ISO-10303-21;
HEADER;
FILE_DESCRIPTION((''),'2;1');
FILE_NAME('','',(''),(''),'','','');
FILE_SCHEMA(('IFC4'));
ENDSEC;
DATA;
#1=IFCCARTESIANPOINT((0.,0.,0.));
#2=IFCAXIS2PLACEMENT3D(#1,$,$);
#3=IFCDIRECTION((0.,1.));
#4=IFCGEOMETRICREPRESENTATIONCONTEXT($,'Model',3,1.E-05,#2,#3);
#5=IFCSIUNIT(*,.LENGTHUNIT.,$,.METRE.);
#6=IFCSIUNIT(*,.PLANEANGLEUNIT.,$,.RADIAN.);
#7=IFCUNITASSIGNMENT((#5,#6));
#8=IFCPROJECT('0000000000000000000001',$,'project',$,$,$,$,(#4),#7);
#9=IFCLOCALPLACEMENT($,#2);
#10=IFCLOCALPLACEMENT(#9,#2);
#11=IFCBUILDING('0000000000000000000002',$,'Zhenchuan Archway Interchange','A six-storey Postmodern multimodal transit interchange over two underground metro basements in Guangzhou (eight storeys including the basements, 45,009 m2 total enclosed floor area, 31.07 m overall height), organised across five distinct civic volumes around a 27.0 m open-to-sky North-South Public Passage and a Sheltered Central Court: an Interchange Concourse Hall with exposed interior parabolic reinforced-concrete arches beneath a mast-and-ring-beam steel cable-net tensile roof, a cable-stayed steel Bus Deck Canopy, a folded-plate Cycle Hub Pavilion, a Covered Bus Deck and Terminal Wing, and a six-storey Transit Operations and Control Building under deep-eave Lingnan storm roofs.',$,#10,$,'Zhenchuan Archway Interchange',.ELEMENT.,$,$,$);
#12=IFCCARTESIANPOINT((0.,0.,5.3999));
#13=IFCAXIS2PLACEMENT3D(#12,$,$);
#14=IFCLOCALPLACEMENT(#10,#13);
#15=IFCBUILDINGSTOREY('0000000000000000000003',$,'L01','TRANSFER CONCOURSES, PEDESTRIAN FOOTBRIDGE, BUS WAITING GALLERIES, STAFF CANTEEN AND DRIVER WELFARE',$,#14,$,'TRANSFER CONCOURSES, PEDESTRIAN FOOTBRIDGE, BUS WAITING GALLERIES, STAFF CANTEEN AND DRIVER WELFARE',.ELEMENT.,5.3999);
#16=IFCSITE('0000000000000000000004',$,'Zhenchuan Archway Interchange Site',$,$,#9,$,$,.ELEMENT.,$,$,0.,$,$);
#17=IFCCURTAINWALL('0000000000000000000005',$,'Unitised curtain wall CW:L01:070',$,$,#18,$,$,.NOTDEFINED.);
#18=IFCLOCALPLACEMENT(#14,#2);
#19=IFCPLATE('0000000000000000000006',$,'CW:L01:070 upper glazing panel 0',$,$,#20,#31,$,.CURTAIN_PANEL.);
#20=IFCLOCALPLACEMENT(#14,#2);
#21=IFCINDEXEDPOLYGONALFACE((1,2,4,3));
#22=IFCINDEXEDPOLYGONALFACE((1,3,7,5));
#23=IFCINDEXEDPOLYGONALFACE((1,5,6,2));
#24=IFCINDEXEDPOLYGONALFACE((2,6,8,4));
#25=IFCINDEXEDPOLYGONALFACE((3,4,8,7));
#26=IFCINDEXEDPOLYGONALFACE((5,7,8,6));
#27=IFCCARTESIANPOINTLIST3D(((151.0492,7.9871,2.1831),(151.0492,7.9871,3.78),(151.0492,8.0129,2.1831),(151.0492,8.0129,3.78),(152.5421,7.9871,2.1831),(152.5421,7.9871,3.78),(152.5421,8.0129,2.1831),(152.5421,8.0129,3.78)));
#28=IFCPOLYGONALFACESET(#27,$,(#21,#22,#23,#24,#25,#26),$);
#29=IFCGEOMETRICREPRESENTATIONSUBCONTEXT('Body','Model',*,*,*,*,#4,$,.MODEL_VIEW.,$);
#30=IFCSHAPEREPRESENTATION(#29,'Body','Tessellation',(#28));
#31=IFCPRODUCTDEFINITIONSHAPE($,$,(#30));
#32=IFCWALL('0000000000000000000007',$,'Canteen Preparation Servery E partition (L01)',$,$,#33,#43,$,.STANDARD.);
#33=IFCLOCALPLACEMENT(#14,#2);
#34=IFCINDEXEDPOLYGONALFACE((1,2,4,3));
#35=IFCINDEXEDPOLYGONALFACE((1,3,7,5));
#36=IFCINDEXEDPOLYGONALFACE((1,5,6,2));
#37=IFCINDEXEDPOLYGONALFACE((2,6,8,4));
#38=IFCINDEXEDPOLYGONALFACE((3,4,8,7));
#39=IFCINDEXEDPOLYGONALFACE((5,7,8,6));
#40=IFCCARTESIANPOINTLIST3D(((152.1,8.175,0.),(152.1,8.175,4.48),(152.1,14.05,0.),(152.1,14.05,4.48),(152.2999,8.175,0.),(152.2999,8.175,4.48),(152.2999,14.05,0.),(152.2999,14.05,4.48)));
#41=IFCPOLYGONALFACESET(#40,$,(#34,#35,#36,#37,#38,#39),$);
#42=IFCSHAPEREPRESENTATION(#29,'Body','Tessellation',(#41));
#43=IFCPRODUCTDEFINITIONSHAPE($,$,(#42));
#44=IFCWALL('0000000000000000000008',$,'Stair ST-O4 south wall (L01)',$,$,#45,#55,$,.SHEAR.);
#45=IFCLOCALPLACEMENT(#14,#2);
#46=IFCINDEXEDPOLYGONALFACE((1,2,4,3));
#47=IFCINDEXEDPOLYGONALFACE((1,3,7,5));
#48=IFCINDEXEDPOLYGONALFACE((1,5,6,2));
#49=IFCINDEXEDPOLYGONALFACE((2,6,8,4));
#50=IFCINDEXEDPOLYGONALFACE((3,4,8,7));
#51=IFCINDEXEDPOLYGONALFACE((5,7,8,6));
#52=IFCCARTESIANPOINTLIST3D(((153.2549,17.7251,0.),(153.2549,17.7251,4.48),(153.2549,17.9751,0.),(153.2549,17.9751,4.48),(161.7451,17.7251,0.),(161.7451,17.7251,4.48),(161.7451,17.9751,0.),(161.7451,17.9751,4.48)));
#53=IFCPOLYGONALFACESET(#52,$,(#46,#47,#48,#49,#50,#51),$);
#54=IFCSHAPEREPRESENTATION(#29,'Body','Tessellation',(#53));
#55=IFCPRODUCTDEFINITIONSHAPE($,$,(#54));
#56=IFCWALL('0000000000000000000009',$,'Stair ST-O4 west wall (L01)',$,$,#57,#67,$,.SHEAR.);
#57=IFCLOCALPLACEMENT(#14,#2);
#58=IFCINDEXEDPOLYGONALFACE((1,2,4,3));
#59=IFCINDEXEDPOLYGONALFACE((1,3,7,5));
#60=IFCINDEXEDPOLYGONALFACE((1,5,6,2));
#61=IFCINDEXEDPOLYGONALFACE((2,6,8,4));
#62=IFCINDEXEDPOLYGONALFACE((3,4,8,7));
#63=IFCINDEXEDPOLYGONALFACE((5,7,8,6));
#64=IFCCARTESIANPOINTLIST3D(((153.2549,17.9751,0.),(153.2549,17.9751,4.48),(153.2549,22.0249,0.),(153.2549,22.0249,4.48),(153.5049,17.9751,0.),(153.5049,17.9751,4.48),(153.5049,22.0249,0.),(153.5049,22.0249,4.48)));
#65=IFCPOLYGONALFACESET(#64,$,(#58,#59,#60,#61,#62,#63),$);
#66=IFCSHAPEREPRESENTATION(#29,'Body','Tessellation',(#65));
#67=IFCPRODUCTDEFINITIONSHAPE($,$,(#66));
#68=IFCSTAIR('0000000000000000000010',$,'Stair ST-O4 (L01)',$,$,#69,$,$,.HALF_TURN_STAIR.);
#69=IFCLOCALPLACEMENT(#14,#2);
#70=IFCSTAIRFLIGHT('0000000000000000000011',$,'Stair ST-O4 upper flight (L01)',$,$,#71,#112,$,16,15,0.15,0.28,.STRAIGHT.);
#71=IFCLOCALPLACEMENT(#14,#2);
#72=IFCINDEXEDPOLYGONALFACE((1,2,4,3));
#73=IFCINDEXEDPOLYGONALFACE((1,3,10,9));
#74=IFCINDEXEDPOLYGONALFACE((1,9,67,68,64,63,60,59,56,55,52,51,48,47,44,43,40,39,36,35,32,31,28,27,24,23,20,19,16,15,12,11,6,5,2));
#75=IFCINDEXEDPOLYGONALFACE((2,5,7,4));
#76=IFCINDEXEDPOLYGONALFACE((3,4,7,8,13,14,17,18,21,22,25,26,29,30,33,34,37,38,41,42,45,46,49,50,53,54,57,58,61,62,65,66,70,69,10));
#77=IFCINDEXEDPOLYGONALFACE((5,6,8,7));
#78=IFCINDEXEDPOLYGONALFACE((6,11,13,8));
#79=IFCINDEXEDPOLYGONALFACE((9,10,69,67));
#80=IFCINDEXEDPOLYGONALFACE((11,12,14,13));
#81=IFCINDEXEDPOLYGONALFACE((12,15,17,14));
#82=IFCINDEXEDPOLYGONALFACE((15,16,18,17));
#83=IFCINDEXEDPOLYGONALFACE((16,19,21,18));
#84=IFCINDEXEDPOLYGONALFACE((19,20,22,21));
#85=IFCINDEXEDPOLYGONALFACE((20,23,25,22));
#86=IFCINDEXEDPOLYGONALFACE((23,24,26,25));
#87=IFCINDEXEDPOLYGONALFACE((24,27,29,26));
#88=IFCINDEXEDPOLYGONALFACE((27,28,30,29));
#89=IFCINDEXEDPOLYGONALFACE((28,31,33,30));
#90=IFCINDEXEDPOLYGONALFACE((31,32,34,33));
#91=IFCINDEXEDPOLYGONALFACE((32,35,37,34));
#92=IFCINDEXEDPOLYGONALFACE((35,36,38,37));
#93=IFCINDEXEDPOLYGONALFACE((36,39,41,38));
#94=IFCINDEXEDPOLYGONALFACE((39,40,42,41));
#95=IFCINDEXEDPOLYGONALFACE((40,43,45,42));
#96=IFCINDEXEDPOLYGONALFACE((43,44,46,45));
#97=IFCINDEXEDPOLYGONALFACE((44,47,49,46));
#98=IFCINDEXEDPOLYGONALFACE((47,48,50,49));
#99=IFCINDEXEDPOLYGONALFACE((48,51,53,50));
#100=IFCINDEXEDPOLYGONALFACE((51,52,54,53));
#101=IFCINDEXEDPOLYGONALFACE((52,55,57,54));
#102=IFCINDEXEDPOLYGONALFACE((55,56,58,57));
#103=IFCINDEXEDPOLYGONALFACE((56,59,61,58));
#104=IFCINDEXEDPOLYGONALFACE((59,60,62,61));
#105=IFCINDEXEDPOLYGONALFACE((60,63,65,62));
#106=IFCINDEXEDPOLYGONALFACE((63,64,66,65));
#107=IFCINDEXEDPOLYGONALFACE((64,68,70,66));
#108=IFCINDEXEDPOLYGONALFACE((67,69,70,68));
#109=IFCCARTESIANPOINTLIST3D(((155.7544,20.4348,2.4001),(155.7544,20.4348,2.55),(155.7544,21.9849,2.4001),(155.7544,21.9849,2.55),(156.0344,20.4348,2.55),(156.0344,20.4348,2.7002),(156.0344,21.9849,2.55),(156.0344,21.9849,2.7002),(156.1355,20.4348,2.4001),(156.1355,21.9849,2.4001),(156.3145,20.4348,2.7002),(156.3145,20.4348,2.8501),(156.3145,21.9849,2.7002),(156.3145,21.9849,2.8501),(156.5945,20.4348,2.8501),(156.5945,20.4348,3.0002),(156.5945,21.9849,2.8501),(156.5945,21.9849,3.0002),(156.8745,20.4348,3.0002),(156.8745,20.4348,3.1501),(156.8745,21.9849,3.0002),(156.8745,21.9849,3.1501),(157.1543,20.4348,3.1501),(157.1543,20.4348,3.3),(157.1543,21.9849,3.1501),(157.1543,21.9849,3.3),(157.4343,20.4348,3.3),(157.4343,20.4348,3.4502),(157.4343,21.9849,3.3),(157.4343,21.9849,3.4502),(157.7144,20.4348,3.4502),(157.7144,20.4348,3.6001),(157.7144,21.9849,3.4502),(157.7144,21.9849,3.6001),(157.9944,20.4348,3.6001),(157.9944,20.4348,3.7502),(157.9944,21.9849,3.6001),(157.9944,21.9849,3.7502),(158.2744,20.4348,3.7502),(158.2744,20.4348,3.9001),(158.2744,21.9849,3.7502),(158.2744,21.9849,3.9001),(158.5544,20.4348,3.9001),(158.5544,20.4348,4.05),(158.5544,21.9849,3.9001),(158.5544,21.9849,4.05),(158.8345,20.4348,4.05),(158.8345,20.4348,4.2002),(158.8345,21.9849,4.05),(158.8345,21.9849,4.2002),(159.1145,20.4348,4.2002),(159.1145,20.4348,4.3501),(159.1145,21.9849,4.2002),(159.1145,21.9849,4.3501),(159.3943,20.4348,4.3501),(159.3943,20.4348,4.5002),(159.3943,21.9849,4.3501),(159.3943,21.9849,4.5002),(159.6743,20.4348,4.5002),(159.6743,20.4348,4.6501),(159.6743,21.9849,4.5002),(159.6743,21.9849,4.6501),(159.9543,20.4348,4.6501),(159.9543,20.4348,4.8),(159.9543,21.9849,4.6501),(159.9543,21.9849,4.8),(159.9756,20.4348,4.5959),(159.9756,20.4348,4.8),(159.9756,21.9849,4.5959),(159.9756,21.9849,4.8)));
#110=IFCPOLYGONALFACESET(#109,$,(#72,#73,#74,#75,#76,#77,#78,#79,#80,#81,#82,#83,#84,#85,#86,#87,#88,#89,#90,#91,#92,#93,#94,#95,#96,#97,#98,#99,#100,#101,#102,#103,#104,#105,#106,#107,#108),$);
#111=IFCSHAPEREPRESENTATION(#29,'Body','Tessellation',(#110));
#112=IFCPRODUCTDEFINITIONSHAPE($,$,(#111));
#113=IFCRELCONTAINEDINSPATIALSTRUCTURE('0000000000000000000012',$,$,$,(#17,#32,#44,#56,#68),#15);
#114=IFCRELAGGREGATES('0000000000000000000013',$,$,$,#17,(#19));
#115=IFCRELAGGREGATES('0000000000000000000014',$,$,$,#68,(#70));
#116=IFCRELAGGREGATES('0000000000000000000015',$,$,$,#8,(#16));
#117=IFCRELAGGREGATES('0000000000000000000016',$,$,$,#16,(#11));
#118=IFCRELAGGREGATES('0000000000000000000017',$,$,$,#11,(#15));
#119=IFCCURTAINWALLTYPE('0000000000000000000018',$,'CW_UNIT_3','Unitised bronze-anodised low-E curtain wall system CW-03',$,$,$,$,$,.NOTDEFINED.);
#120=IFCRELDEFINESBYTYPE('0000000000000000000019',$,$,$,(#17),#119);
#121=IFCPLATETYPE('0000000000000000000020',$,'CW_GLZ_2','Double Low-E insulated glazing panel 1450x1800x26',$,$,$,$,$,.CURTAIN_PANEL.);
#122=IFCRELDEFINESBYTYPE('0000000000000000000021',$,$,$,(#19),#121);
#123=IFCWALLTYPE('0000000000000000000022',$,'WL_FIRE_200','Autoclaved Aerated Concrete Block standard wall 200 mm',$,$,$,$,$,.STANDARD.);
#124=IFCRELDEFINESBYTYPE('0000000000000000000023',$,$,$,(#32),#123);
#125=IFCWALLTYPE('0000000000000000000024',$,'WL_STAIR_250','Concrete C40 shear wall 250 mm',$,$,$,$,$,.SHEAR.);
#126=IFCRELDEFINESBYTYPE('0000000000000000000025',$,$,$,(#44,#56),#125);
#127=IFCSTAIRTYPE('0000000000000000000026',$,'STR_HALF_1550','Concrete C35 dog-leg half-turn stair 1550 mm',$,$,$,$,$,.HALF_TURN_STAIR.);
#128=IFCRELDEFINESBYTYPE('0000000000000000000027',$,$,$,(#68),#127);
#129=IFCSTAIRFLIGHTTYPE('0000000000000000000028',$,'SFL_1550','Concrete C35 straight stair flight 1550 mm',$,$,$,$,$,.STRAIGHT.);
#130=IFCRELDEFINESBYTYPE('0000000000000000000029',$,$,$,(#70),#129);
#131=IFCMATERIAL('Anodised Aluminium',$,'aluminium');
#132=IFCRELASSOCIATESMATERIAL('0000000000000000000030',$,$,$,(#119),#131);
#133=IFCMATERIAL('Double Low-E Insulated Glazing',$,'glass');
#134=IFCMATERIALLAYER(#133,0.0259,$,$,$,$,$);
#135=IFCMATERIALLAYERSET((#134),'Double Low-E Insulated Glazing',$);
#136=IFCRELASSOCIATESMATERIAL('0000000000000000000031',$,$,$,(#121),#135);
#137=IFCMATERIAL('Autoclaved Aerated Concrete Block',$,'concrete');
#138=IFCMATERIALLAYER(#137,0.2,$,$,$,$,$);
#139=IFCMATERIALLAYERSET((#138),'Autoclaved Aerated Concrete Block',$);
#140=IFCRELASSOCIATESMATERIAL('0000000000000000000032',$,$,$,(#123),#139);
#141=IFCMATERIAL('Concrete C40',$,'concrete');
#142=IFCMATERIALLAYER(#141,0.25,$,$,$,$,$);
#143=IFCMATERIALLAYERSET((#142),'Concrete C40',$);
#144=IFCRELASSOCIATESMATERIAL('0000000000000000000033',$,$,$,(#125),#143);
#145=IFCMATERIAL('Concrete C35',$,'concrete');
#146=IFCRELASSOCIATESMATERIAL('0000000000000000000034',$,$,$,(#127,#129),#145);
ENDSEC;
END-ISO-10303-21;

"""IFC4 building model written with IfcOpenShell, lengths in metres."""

from ifc_helpers import new_model, si_unit, direction, frame, frame_2d, origin, origin_2d, place, context, subcontext, project, spatial, polyline, rectangle, outline, extrude, material, layer, layer_set, type_object, element, aggregate, save


model = new_model("IFC4")

# Units and contexts
model_context = context("Model", 3, precision=1e-05, world=origin(), true_north=direction((0.0, 1.0)))
body_context = subcontext(model_context, "Body", "Model", "MODEL_VIEW")
ifc_project = project(units=[si_unit("LENGTHUNIT", "METRE"), si_unit("PLANEANGLEUNIT", "RADIAN")], contexts=[model_context])

# Site, building, storey
site_placement = place(None, origin())
site = spatial("IfcSite", under=ifc_project, at=site_placement, Name="Zhenchuan Archway Interchange Site", CompositionType="ELEMENT", RefElevation=0.0)
building_placement = place(site_placement, origin())
building = spatial("IfcBuilding", under=site, at=building_placement, Name="Zhenchuan Archway Interchange", Description="A six-storey Postmodern multimodal transit interchange over two underground metro basements in Guangzhou (eight storeys including the basements, 45,009 m2 total enclosed floor area, 31.07 m overall height), organised across five distinct civic volumes around a 27.0 m open-to-sky North-South Public Passage and a Sheltered Central Court: an Interchange Concourse Hall with exposed interior parabolic reinforced-concrete arches beneath a mast-and-ring-beam steel cable-net tensile roof, a cable-stayed steel Bus Deck Canopy, a folded-plate Cycle Hub Pavilion, a Covered Bus Deck and Terminal Wing, and a six-storey Transit Operations and Control Building under deep-eave Lingnan storm roofs.", LongName="Zhenchuan Archway Interchange", CompositionType="ELEMENT")
storey_placement = place(building_placement, frame((0.0, 0.0, 5.3999)))
storey = spatial("IfcBuildingStorey", under=building, at=storey_placement, Name="L01", Description="TRANSFER CONCOURSES, PEDESTRIAN FOOTBRIDGE, BUS WAITING GALLERIES, STAFF CANTEEN AND DRIVER WELFARE", LongName="TRANSFER CONCOURSES, PEDESTRIAN FOOTBRIDGE, BUS WAITING GALLERIES, STAFF CANTEEN AND DRIVER WELFARE", CompositionType="ELEMENT", Elevation=5.3999)

# Shared definitions
ifc_material_1 = material(Name="Concrete C40", Category="concrete")

# Curtain wall
ifc_material_2 = material(Name="Anodised Aluminium", Category="aluminium")
curtain_wall_type = type_object("IfcCurtainWallType", Name="CW_UNIT_3", Description="Unitised bronze-anodised low-E curtain wall system CW-03", PredefinedType="NOTDEFINED", material=ifc_material_2)
curtain_wall_placement = place(storey_placement, origin())
curtain_wall = element("IfcCurtainWall", 1, at=curtain_wall_placement, inside=storey, type_object=curtain_wall_type, Name="Unitised curtain wall CW:L01:070", PredefinedType="NOTDEFINED")

# Plate
ifc_material_3 = material(Name="Double Low-E Insulated Glazing", Category="glass")
ifc_layer_1 = layer(ifc_material_3, 0.0259)
ifc_layer_set_1 = layer_set([ifc_layer_1], Name="Double Low-E Insulated Glazing")
plate_type_1 = type_object("IfcPlateType", Name="CW_GLZ_2", Description="Double Low-E insulated glazing panel 1450x1800x26", PredefinedType="CURTAIN_PANEL", material=ifc_layer_set_1)
plate_1_placement = place(storey_placement, frame((151.7957, 8.0, 2.1831), z_axis=(0.0, 0.0, 1.0), x_axis=(-1.0, 0.0, 0.0)))
plate_1 = element("IfcPlate", 2, at=plate_1_placement, type_object=plate_type_1, Name="CW:L01:070 upper glazing panel 0", PredefinedType="CURTAIN_PANEL", context=body_context, shape_type="SweptSolid", body=[
    extrude(rectangle(XDim=1.4929, YDim=0.0259, at=origin_2d()), origin(), (0.0, 0.0, 1.0), 1.5969),
])
aggregate(curtain_wall, [plate_1])

# Walls
ifc_material_4 = material(Name="Autoclaved Aerated Concrete Block", Category="concrete")
ifc_layer_2 = layer(ifc_material_4, 0.2)
ifc_layer_set_2 = layer_set([ifc_layer_2], Name="Autoclaved Aerated Concrete Block")
wall_type_1 = type_object("IfcWallType", Name="WL_FIRE_200", Description="Autoclaved Aerated Concrete Block standard wall 200 mm", PredefinedType="STANDARD", material=ifc_layer_set_2)
wall_1_placement = place(storey_placement, frame((152.2, 8.175, 0.0), z_axis=(0.0, 0.0, 1.0), x_axis=(0.0, 1.0, 0.0)))
element("IfcWall", 3, at=wall_1_placement, inside=storey, type_object=wall_type_1, Name="Canteen Preparation Servery E partition (L01)", PredefinedType="STANDARD", context=body_context, shape_type="SweptSolid", body=[
    extrude(rectangle(XDim=5.875, YDim=0.2, at=frame_2d((2.9375, 0.0))), origin(), (0.0, 0.0, 1.0), 4.48),
])
ifc_layer_3 = layer(ifc_material_1, 0.25)
ifc_layer_set_3 = layer_set([ifc_layer_3], Name="Concrete C40")
wall_type_2 = type_object("IfcWallType", Name="WL_STAIR_250", Description="Concrete C40 shear wall 250 mm", PredefinedType="SHEAR", material=ifc_layer_set_3)
wall_2_placement = place(storey_placement, frame((153.2549, 17.8501, 0.0), z_axis=(0.0, 0.0, 1.0), x_axis=(1.0, 0.0, 0.0)))
element("IfcWall", 4, at=wall_2_placement, inside=storey, type_object=wall_type_2, Name="Stair ST-O4 south wall (L01)", PredefinedType="SHEAR", context=body_context, shape_type="SweptSolid", body=[
    extrude(rectangle(XDim=8.4902, YDim=0.25, at=frame_2d((4.2451, 0.0))), origin(), (0.0, 0.0, 1.0), 4.48),
])
wall_3_placement = place(storey_placement, frame((153.3799, 22.0249, 0.0), z_axis=(0.0, 0.0, 1.0), x_axis=(0.0, -1.0, 0.0)))
element("IfcWall", 5, at=wall_3_placement, inside=storey, type_object=wall_type_2, Name="Stair ST-O4 west wall (L01)", PredefinedType="SHEAR", context=body_context, shape_type="SweptSolid", body=[
    extrude(rectangle(XDim=4.0498, YDim=0.25, at=frame_2d((2.0249, 0.0))), origin(), (0.0, 0.0, 1.0), 4.48),
])

# Stair, stair flight
ifc_material_5 = material(Name="Concrete C35", Category="concrete")
stair_type = type_object("IfcStairType", Name="STR_HALF_1550", Description="Concrete C35 dog-leg half-turn stair 1550 mm", PredefinedType="HALF_TURN_STAIR", material=ifc_material_5)
stair_placement = place(storey_placement, origin())
stair = element("IfcStair", 6, at=stair_placement, inside=storey, type_object=stair_type, Name="Stair ST-O4 (L01)", PredefinedType="HALF_TURN_STAIR")
stair_flight_type = type_object("IfcStairFlightType", Name="SFL_1550", Description="Concrete C35 straight stair flight 1550 mm", PredefinedType="STRAIGHT", material=ifc_material_5)
stair_flight_placement = place(storey_placement, frame((155.7544, 21.21, 2.4001), z_axis=(0.0, 0.0, 1.0), x_axis=(1.0, 0.0, 0.0)))
stair_flight = element("IfcStairFlight", 7, at=stair_flight_placement, type_object=stair_flight_type, Name="Stair ST-O4 upper flight (L01)", NumberOfRisers=16, NumberOfTreads=15, PredefinedType="STRAIGHT", RiserHeight=0.15, TreadLength=0.28, context=body_context, shape_type="SweptSolid", body=[
    extrude(outline(polyline([(0.0, 0.0), (0.0, 0.1499), (0.28, 0.1499), (0.28, 0.3), (0.5601, 0.3), (0.5601, 0.45), (0.8401, 0.45), (0.8401, 0.6001), (1.1201, 0.6001), (1.1201, 0.75), (1.3999, 0.75), (1.3999, 0.8999), (1.6799, 0.8999), (1.6799, 1.05), (1.96, 1.05), (1.96, 1.2), (2.24, 1.2), (2.24, 1.3501), (2.52, 1.3501), (2.52, 1.5), (2.8, 1.5), (2.8, 1.6499), (3.0801, 1.6499), (3.0801, 1.8), (3.3601, 1.8), (3.3601, 1.95), (3.6399, 1.95), (3.6399, 2.1001), (3.9199, 2.1001), (3.9199, 2.25), (4.2, 2.25), (4.2, 2.3999), (4.2212, 2.3999), (4.2212, 2.1958), (0.3811, 0.0), (0.0, 0.0)])), frame((0.0, 0.7749, 0.0), z_axis=(0.0, -1.0, 0.0), x_axis=(1.0, 0.0, 0.0)), (0.0, 0.0, 1.0), 1.55),
])
aggregate(stair, [stair_flight])

save(model, "model.ifc")
